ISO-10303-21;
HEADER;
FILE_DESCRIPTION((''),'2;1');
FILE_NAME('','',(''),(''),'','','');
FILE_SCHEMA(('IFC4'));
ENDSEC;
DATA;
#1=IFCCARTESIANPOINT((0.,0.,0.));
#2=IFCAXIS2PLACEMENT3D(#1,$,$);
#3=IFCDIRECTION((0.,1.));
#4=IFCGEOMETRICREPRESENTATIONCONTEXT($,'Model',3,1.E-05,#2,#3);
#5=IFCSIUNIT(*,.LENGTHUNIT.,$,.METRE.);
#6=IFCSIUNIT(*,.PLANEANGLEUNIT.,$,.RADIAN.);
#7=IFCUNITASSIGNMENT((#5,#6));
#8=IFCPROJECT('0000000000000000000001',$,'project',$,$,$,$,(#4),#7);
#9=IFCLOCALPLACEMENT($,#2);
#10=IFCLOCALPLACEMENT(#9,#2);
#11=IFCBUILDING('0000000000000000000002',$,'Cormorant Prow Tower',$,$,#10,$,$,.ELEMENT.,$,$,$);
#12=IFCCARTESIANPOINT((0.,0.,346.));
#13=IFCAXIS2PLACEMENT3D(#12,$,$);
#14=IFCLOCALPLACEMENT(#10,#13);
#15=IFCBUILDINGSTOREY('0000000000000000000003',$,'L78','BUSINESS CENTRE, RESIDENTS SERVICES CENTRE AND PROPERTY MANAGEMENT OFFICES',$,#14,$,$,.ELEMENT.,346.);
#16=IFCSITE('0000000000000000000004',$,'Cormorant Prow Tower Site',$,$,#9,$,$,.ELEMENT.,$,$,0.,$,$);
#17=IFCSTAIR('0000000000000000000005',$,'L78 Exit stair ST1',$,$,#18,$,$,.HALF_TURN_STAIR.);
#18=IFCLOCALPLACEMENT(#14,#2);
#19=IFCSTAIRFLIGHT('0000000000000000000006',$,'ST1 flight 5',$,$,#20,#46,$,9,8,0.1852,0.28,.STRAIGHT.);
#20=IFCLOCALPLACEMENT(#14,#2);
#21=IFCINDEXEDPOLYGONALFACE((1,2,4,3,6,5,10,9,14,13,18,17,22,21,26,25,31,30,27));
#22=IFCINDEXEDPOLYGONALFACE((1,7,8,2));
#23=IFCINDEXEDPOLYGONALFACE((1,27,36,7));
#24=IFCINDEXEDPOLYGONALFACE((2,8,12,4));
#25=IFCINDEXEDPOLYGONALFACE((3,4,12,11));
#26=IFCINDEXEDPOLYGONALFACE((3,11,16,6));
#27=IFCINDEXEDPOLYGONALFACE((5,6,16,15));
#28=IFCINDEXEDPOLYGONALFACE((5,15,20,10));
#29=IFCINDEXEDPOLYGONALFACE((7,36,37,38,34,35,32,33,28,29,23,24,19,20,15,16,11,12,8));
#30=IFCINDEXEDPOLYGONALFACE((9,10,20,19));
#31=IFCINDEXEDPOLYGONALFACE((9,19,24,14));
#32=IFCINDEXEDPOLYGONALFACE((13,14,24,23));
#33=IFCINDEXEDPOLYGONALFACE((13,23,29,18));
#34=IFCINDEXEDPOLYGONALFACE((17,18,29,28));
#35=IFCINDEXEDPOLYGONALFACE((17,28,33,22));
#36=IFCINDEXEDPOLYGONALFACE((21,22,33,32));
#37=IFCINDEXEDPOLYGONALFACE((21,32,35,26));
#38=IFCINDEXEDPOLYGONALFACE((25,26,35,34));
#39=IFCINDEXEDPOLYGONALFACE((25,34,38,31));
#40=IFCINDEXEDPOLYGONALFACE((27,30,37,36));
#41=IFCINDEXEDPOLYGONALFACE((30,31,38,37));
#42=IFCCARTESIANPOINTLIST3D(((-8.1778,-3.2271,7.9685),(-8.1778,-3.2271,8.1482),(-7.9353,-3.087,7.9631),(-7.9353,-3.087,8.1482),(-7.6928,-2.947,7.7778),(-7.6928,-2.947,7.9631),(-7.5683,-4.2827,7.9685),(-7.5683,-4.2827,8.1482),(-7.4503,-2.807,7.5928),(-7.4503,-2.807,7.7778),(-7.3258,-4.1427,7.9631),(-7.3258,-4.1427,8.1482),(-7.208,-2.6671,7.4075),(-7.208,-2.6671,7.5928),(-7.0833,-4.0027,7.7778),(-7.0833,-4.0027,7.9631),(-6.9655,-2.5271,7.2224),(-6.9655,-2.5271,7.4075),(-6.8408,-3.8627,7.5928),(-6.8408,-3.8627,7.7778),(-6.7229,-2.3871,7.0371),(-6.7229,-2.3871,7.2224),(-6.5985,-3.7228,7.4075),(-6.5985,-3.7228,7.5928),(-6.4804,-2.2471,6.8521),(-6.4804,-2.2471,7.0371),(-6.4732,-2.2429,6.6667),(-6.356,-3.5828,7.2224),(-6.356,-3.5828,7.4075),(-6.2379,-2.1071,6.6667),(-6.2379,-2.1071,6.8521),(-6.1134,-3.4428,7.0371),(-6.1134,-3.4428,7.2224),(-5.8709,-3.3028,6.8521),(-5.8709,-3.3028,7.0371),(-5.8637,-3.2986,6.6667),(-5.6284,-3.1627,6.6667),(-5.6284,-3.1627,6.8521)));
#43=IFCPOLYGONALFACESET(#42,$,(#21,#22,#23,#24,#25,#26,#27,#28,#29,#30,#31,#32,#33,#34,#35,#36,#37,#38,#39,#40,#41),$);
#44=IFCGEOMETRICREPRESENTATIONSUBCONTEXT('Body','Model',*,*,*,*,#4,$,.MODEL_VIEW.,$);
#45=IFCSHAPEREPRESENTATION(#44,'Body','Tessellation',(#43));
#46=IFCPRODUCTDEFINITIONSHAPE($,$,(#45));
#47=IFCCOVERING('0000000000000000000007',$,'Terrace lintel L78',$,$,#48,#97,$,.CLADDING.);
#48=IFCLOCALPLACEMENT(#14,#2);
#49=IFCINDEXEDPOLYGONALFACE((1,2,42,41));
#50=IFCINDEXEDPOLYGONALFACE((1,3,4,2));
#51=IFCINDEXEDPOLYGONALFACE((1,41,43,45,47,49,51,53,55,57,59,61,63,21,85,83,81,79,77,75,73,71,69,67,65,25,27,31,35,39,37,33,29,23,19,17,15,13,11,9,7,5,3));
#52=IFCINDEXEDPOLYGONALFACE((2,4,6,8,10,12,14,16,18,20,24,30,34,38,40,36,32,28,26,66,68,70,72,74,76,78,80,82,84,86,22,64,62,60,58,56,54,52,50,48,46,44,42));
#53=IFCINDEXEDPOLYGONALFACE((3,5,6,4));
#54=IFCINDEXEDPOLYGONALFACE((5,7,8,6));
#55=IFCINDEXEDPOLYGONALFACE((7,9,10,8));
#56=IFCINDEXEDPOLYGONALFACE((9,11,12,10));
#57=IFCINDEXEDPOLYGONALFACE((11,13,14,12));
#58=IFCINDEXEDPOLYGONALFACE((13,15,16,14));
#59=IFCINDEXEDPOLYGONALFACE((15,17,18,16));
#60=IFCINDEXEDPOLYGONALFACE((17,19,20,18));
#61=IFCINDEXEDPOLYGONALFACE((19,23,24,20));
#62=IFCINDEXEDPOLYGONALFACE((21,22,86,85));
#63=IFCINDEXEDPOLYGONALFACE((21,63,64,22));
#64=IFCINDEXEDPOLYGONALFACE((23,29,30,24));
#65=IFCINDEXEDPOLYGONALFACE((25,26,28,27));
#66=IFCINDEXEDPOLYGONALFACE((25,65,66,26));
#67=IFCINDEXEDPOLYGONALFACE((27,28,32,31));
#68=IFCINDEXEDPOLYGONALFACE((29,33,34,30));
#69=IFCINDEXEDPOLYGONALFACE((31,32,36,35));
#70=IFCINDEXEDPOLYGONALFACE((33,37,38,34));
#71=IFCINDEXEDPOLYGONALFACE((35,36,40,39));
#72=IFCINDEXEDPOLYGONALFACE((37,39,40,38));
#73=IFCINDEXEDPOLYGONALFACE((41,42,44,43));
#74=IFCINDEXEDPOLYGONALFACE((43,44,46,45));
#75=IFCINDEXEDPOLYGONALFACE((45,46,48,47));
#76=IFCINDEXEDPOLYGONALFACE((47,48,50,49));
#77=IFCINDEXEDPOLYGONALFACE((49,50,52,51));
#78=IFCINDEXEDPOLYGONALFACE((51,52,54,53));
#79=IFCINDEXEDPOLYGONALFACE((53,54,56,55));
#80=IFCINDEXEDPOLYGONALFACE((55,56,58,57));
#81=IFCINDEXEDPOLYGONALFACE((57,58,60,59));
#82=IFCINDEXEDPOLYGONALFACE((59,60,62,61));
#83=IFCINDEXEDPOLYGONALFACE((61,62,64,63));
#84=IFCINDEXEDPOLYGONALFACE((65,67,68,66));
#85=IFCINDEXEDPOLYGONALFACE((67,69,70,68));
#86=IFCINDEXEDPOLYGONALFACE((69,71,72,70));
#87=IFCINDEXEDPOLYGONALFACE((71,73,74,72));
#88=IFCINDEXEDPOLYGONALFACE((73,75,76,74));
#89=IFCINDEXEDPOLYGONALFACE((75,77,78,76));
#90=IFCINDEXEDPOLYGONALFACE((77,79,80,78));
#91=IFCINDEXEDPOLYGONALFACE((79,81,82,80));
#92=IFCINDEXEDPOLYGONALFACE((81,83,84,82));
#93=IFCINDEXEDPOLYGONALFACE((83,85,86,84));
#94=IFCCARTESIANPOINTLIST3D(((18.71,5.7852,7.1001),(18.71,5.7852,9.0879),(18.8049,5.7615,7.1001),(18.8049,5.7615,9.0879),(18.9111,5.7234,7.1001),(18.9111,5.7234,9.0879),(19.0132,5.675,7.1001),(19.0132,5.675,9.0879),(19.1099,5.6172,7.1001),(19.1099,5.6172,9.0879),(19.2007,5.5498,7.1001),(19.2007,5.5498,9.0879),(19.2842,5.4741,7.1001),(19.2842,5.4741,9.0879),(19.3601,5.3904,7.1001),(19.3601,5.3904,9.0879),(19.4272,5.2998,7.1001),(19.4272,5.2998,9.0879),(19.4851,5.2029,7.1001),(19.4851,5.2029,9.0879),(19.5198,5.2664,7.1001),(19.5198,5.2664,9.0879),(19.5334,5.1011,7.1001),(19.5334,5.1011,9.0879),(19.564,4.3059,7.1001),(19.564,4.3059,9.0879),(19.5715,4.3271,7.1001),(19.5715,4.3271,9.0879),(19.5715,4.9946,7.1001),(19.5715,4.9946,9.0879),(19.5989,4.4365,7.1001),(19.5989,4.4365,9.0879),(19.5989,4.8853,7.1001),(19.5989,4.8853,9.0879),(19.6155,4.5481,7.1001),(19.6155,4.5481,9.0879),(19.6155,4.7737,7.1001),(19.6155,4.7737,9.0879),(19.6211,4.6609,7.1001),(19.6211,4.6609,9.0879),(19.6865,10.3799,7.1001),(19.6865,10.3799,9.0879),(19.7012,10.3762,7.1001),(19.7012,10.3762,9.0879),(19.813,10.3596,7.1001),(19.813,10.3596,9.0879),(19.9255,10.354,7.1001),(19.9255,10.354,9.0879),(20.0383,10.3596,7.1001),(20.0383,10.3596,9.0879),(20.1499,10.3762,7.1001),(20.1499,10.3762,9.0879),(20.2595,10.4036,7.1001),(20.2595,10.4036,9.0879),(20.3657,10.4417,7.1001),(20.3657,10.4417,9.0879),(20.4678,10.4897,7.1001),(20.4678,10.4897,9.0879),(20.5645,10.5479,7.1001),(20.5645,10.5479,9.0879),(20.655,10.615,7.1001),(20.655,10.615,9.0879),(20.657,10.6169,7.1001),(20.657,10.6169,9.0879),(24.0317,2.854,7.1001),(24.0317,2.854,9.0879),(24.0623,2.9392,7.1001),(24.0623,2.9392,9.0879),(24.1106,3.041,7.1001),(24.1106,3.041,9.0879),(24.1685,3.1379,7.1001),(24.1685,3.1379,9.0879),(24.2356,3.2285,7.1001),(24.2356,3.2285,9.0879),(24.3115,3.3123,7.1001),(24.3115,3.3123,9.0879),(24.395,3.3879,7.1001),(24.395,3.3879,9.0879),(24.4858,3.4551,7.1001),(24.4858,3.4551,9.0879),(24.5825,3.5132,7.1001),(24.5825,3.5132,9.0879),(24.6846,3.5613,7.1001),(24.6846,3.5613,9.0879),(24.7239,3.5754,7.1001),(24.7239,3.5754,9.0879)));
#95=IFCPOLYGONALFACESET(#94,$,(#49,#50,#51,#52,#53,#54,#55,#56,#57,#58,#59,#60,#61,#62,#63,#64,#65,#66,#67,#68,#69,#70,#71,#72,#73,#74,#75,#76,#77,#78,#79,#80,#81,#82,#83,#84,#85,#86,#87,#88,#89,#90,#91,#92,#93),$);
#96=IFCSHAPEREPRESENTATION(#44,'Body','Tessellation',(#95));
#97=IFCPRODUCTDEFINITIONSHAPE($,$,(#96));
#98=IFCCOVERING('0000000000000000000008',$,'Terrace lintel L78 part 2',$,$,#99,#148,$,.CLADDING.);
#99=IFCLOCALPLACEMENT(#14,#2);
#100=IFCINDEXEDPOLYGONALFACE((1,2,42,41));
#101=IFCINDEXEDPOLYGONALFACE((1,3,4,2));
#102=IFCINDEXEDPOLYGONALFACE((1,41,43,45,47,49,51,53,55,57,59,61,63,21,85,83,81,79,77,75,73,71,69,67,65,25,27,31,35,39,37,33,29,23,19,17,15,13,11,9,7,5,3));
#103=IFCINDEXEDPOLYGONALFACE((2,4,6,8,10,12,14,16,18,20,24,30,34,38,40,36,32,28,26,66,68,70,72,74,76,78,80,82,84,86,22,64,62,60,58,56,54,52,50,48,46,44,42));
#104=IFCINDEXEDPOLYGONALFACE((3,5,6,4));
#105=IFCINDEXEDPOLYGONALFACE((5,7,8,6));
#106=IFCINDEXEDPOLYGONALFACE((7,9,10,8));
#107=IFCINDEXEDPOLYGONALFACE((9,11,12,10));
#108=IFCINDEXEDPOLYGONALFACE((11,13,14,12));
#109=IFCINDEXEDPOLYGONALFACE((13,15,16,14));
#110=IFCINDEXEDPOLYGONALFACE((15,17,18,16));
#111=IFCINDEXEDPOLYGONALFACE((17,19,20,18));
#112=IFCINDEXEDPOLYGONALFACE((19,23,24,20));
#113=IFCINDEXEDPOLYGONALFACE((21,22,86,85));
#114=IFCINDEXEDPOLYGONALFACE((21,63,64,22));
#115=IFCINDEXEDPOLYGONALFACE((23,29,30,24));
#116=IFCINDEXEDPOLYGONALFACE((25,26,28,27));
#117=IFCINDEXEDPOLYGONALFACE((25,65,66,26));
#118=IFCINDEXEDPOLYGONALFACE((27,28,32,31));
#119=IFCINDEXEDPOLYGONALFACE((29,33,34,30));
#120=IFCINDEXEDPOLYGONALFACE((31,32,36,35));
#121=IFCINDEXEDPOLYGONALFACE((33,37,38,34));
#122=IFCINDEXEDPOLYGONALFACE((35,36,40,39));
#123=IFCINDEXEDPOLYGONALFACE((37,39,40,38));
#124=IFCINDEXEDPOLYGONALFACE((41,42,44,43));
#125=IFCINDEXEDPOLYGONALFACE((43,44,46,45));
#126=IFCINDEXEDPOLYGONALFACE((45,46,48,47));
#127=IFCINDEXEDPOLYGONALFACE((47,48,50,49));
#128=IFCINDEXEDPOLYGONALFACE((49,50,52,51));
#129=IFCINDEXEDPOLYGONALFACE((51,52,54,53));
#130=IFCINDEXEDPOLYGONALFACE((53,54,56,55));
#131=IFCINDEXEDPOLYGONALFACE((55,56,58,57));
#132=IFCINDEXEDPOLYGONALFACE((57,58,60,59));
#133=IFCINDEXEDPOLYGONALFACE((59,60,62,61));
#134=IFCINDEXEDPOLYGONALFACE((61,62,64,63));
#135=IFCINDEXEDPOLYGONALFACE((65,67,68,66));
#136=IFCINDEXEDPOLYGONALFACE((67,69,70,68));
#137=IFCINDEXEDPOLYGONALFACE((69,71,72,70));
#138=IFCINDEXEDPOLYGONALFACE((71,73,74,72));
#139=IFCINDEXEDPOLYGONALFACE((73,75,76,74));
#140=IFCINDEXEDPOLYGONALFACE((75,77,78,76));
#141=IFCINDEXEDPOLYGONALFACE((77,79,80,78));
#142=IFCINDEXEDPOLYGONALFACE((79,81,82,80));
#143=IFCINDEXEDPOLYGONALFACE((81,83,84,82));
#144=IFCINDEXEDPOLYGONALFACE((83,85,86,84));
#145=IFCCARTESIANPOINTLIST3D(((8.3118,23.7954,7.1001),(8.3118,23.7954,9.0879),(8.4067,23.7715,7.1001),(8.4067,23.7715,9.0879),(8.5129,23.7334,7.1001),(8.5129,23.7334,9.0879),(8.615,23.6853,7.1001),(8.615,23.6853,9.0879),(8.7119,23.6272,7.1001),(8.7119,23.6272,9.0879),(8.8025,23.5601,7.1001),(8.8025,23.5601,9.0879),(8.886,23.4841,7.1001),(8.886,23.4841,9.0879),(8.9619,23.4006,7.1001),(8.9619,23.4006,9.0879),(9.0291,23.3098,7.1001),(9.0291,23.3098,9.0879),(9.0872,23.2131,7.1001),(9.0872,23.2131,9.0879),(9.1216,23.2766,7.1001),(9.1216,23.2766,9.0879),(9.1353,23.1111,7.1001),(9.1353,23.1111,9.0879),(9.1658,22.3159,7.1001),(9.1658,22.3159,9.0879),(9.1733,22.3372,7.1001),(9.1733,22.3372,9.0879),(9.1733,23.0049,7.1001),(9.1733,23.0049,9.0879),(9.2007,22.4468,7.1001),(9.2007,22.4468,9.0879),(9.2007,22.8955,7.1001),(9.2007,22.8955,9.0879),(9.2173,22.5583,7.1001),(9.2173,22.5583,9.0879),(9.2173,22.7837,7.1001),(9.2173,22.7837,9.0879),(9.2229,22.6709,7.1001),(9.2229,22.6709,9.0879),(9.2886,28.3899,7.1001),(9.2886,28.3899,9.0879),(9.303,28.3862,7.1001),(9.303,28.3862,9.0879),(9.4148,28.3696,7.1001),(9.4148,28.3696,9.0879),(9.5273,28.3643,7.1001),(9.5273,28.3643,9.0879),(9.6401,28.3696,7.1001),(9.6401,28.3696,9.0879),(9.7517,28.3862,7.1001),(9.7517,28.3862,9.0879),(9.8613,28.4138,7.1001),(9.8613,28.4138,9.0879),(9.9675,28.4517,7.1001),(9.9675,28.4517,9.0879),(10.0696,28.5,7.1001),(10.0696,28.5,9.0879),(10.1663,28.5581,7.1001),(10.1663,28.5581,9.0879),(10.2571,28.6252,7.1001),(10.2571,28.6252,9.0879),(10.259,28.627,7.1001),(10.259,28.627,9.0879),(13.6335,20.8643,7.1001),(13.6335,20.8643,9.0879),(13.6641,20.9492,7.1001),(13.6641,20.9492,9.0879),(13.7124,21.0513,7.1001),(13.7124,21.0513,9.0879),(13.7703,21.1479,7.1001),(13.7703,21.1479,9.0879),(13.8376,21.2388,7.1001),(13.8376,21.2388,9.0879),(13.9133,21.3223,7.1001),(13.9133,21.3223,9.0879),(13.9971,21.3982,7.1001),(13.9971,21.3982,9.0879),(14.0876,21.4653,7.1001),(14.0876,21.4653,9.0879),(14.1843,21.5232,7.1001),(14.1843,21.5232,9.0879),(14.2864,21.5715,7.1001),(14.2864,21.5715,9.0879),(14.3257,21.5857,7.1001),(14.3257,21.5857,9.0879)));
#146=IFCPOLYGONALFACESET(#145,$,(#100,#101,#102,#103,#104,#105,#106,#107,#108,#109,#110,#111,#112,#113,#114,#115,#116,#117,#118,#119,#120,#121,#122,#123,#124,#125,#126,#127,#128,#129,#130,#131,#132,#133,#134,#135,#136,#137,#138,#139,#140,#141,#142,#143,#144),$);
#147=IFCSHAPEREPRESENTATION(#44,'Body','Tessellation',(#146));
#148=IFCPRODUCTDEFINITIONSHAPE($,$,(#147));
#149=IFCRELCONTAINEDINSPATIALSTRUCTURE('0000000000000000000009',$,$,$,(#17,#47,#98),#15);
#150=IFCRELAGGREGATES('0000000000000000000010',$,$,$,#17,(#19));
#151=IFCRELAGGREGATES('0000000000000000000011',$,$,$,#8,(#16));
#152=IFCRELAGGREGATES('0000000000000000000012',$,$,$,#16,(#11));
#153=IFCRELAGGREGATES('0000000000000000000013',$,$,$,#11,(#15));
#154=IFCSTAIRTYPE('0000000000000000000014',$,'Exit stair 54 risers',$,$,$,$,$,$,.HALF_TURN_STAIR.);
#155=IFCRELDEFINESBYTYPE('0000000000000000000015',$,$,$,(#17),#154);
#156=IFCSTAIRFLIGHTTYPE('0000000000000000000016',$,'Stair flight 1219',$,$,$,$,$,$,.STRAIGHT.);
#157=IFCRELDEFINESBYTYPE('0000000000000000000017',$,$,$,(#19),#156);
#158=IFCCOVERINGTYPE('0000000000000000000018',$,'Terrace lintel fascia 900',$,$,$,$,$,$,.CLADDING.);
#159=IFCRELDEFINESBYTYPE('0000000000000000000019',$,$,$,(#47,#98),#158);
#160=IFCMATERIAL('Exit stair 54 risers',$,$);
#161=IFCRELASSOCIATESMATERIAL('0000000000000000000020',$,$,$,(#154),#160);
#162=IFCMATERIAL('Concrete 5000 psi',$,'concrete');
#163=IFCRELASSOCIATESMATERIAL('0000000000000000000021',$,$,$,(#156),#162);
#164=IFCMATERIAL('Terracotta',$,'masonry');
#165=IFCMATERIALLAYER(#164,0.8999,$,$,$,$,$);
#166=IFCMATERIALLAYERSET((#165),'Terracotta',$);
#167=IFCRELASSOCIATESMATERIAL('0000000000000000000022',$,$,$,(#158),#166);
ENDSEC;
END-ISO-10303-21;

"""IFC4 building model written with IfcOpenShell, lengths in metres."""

from ifc_helpers import new_model, si_unit, direction, frame, origin, place, context, subcontext, project, spatial, polyline, outline, extrude, material, layer, layer_set, type_object, element, aggregate, save


model = new_model("IFC4")

# Units and contexts
model_context = context("Model", 3, precision=1e-05, world=origin(), true_north=direction((0.0, 1.0)))
body_context = subcontext(model_context, "Body", "Model", "MODEL_VIEW")
ifc_project = project(units=[si_unit("LENGTHUNIT", "METRE"), si_unit("PLANEANGLEUNIT", "RADIAN")], contexts=[model_context])

# Site, building, storey
site_placement = place(None, origin())
site = spatial("IfcSite", under=ifc_project, at=site_placement, Name="Cormorant Prow Tower Site", CompositionType="ELEMENT", RefElevation=0.0)
building_placement = place(site_placement, origin())
building = spatial("IfcBuilding", under=site, at=building_placement, Name="Cormorant Prow Tower", CompositionType="ELEMENT")
storey_placement = place(building_placement, frame((0.0, 0.0, 346.0)))
storey = spatial("IfcBuildingStorey", under=building, at=storey_placement, Name="L78", Description="BUSINESS CENTRE, RESIDENTS SERVICES CENTRE AND PROPERTY MANAGEMENT OFFICES", CompositionType="ELEMENT", Elevation=346.0)

# Stair, stair flight
ifc_material_1 = material(Name="Exit stair 54 risers")
stair_type = type_object("IfcStairType", Name="Exit stair 54 risers", PredefinedType="HALF_TURN_STAIR", material=ifc_material_1)
stair_placement = place(storey_placement, origin())
stair = element("IfcStair", 1, at=stair_placement, inside=storey, type_object=stair_type, Name="L78 Exit stair ST1", PredefinedType="HALF_TURN_STAIR")
ifc_material_2 = material(Name="Concrete 5000 psi", Category="concrete")
stair_flight_type = type_object("IfcStairFlightType", Name="Stair flight 1219", PredefinedType="STRAIGHT", material=ifc_material_2)
stair_flight_1_placement = place(storey_placement, frame((-5.9331, -2.635, 6.6667), z_axis=(0.0, 0.0, 1.0), x_axis=(-0.866025, -0.5, 0.0)))
stair_flight_1 = element("IfcStairFlight", 2, at=stair_flight_1_placement, type_object=stair_flight_type, Name="ST1 flight 5", NumberOfRisers=9, NumberOfTreads=8, PredefinedType="STRAIGHT", RiserHeight=0.1852, TreadLength=0.28, context=body_context, shape_type="SweptSolid", body=[
    extrude(outline(polyline([(0.0, 0.0), (0.0, 0.1853), (0.28, 0.1853), (0.28, 0.3704), (0.5601, 0.3704), (0.5601, 0.5557), (0.8401, 0.5557), (0.8401, 0.7407), (1.1201, 0.7407), (1.1201, 0.926), (1.3999, 0.926), (1.3999, 1.1111), (1.6799, 1.1111), (1.6799, 1.2964), (1.96, 1.2964), (1.96, 1.4814), (2.24, 1.4814), (2.24, 1.6667), (2.24, 1.3018), (0.2717, 0.0), (0.0, 0.0)])), frame((0.0, 0.6094, 0.0), z_axis=(0.0, -1.0, 0.0), x_axis=(1.0, 0.0, 0.0)), (0.0, 0.0, 1.0), 1.219),
])
aggregate(stair, [stair_flight_1])

# Coverings
ifc_material_3 = material(Name="Terracotta", Category="masonry")
ifc_layer_1 = layer(ifc_material_3, 0.8999)
ifc_layer_set_1 = layer_set([ifc_layer_1], Name="Terracotta")
covering_type = type_object("IfcCoveringType", Name="Terrace lintel fascia 900", PredefinedType="CLADDING", material=ifc_layer_set_1)
covering_1_placement = place(storey_placement, frame((0.0, 0.0, 7.1001)))
element("IfcCovering", 3, at=covering_1_placement, inside=storey, type_object=covering_type, Name="Terrace lintel L78", PredefinedType="CLADDING", context=body_context, shape_type="SweptSolid", body=[
    extrude(outline(polyline([(19.564, 4.3059), (19.5715, 4.3271), (19.5989, 4.4365), (19.6155, 4.5481), (19.6211, 4.6609), (19.6155, 4.7737), (19.5989, 4.8853), (19.5715, 4.9946), (19.5334, 5.1011), (19.4851, 5.2029), (19.4272, 5.2998), (19.3601, 5.3904), (19.2842, 5.4741), (19.2007, 5.5498), (19.1099, 5.6172), (19.0132, 5.675), (18.9111, 5.7234), (18.8049, 5.7615), (18.71, 5.7852), (19.6865, 10.3799), (19.7012, 10.3762), (19.813, 10.3596), (19.9255, 10.354), (20.0383, 10.3596), (20.1499, 10.3762), (20.2595, 10.4036), (20.3657, 10.4417), (20.4678, 10.4897), (20.5645, 10.5479), (20.655, 10.615), (20.657, 10.6169), (19.5198, 5.2664), (24.7239, 3.5754), (24.6846, 3.5613), (24.5825, 3.5132), (24.4858, 3.4551), (24.395, 3.3879), (24.3115, 3.3123), (24.2356, 3.2285), (24.1685, 3.1379), (24.1106, 3.041), (24.0623, 2.9392), (24.0317, 2.854), (19.564, 4.3059)])), origin(), (0.0, 0.0, 1.0), 1.9878),
])
covering_2_placement = place(storey_placement, frame((0.0, 0.0, 7.1001)))
element("IfcCovering", 4, at=covering_2_placement, inside=storey, type_object=covering_type, Name="Terrace lintel L78 part 2", PredefinedType="CLADDING", context=body_context, shape_type="SweptSolid", body=[
    extrude(outline(polyline([(9.1658, 22.3159), (9.1733, 22.3372), (9.2007, 22.4468), (9.2173, 22.5583), (9.2229, 22.6709), (9.2173, 22.7837), (9.2007, 22.8955), (9.1733, 23.0049), (9.1353, 23.1111), (9.0872, 23.2131), (9.0291, 23.3098), (8.9619, 23.4006), (8.886, 23.4841), (8.8025, 23.5601), (8.7119, 23.6272), (8.615, 23.6853), (8.5129, 23.7334), (8.4067, 23.7715), (8.3118, 23.7954), (9.2886, 28.3899), (9.303, 28.3862), (9.4148, 28.3696), (9.5273, 28.3643), (9.6401, 28.3696), (9.7517, 28.3862), (9.8613, 28.4138), (9.9675, 28.4517), (10.0696, 28.5), (10.1663, 28.5581), (10.2571, 28.6252), (10.259, 28.627), (9.1216, 23.2766), (14.3257, 21.5857), (14.2864, 21.5715), (14.1843, 21.5232), (14.0876, 21.4653), (13.9971, 21.3982), (13.9133, 21.3223), (13.8376, 21.2388), (13.7703, 21.1479), (13.7124, 21.0513), (13.6641, 20.9492), (13.6335, 20.8643), (9.1658, 22.3159)])), origin(), (0.0, 0.0, 1.0), 1.9878),
])

save(model, "model.ifc")
